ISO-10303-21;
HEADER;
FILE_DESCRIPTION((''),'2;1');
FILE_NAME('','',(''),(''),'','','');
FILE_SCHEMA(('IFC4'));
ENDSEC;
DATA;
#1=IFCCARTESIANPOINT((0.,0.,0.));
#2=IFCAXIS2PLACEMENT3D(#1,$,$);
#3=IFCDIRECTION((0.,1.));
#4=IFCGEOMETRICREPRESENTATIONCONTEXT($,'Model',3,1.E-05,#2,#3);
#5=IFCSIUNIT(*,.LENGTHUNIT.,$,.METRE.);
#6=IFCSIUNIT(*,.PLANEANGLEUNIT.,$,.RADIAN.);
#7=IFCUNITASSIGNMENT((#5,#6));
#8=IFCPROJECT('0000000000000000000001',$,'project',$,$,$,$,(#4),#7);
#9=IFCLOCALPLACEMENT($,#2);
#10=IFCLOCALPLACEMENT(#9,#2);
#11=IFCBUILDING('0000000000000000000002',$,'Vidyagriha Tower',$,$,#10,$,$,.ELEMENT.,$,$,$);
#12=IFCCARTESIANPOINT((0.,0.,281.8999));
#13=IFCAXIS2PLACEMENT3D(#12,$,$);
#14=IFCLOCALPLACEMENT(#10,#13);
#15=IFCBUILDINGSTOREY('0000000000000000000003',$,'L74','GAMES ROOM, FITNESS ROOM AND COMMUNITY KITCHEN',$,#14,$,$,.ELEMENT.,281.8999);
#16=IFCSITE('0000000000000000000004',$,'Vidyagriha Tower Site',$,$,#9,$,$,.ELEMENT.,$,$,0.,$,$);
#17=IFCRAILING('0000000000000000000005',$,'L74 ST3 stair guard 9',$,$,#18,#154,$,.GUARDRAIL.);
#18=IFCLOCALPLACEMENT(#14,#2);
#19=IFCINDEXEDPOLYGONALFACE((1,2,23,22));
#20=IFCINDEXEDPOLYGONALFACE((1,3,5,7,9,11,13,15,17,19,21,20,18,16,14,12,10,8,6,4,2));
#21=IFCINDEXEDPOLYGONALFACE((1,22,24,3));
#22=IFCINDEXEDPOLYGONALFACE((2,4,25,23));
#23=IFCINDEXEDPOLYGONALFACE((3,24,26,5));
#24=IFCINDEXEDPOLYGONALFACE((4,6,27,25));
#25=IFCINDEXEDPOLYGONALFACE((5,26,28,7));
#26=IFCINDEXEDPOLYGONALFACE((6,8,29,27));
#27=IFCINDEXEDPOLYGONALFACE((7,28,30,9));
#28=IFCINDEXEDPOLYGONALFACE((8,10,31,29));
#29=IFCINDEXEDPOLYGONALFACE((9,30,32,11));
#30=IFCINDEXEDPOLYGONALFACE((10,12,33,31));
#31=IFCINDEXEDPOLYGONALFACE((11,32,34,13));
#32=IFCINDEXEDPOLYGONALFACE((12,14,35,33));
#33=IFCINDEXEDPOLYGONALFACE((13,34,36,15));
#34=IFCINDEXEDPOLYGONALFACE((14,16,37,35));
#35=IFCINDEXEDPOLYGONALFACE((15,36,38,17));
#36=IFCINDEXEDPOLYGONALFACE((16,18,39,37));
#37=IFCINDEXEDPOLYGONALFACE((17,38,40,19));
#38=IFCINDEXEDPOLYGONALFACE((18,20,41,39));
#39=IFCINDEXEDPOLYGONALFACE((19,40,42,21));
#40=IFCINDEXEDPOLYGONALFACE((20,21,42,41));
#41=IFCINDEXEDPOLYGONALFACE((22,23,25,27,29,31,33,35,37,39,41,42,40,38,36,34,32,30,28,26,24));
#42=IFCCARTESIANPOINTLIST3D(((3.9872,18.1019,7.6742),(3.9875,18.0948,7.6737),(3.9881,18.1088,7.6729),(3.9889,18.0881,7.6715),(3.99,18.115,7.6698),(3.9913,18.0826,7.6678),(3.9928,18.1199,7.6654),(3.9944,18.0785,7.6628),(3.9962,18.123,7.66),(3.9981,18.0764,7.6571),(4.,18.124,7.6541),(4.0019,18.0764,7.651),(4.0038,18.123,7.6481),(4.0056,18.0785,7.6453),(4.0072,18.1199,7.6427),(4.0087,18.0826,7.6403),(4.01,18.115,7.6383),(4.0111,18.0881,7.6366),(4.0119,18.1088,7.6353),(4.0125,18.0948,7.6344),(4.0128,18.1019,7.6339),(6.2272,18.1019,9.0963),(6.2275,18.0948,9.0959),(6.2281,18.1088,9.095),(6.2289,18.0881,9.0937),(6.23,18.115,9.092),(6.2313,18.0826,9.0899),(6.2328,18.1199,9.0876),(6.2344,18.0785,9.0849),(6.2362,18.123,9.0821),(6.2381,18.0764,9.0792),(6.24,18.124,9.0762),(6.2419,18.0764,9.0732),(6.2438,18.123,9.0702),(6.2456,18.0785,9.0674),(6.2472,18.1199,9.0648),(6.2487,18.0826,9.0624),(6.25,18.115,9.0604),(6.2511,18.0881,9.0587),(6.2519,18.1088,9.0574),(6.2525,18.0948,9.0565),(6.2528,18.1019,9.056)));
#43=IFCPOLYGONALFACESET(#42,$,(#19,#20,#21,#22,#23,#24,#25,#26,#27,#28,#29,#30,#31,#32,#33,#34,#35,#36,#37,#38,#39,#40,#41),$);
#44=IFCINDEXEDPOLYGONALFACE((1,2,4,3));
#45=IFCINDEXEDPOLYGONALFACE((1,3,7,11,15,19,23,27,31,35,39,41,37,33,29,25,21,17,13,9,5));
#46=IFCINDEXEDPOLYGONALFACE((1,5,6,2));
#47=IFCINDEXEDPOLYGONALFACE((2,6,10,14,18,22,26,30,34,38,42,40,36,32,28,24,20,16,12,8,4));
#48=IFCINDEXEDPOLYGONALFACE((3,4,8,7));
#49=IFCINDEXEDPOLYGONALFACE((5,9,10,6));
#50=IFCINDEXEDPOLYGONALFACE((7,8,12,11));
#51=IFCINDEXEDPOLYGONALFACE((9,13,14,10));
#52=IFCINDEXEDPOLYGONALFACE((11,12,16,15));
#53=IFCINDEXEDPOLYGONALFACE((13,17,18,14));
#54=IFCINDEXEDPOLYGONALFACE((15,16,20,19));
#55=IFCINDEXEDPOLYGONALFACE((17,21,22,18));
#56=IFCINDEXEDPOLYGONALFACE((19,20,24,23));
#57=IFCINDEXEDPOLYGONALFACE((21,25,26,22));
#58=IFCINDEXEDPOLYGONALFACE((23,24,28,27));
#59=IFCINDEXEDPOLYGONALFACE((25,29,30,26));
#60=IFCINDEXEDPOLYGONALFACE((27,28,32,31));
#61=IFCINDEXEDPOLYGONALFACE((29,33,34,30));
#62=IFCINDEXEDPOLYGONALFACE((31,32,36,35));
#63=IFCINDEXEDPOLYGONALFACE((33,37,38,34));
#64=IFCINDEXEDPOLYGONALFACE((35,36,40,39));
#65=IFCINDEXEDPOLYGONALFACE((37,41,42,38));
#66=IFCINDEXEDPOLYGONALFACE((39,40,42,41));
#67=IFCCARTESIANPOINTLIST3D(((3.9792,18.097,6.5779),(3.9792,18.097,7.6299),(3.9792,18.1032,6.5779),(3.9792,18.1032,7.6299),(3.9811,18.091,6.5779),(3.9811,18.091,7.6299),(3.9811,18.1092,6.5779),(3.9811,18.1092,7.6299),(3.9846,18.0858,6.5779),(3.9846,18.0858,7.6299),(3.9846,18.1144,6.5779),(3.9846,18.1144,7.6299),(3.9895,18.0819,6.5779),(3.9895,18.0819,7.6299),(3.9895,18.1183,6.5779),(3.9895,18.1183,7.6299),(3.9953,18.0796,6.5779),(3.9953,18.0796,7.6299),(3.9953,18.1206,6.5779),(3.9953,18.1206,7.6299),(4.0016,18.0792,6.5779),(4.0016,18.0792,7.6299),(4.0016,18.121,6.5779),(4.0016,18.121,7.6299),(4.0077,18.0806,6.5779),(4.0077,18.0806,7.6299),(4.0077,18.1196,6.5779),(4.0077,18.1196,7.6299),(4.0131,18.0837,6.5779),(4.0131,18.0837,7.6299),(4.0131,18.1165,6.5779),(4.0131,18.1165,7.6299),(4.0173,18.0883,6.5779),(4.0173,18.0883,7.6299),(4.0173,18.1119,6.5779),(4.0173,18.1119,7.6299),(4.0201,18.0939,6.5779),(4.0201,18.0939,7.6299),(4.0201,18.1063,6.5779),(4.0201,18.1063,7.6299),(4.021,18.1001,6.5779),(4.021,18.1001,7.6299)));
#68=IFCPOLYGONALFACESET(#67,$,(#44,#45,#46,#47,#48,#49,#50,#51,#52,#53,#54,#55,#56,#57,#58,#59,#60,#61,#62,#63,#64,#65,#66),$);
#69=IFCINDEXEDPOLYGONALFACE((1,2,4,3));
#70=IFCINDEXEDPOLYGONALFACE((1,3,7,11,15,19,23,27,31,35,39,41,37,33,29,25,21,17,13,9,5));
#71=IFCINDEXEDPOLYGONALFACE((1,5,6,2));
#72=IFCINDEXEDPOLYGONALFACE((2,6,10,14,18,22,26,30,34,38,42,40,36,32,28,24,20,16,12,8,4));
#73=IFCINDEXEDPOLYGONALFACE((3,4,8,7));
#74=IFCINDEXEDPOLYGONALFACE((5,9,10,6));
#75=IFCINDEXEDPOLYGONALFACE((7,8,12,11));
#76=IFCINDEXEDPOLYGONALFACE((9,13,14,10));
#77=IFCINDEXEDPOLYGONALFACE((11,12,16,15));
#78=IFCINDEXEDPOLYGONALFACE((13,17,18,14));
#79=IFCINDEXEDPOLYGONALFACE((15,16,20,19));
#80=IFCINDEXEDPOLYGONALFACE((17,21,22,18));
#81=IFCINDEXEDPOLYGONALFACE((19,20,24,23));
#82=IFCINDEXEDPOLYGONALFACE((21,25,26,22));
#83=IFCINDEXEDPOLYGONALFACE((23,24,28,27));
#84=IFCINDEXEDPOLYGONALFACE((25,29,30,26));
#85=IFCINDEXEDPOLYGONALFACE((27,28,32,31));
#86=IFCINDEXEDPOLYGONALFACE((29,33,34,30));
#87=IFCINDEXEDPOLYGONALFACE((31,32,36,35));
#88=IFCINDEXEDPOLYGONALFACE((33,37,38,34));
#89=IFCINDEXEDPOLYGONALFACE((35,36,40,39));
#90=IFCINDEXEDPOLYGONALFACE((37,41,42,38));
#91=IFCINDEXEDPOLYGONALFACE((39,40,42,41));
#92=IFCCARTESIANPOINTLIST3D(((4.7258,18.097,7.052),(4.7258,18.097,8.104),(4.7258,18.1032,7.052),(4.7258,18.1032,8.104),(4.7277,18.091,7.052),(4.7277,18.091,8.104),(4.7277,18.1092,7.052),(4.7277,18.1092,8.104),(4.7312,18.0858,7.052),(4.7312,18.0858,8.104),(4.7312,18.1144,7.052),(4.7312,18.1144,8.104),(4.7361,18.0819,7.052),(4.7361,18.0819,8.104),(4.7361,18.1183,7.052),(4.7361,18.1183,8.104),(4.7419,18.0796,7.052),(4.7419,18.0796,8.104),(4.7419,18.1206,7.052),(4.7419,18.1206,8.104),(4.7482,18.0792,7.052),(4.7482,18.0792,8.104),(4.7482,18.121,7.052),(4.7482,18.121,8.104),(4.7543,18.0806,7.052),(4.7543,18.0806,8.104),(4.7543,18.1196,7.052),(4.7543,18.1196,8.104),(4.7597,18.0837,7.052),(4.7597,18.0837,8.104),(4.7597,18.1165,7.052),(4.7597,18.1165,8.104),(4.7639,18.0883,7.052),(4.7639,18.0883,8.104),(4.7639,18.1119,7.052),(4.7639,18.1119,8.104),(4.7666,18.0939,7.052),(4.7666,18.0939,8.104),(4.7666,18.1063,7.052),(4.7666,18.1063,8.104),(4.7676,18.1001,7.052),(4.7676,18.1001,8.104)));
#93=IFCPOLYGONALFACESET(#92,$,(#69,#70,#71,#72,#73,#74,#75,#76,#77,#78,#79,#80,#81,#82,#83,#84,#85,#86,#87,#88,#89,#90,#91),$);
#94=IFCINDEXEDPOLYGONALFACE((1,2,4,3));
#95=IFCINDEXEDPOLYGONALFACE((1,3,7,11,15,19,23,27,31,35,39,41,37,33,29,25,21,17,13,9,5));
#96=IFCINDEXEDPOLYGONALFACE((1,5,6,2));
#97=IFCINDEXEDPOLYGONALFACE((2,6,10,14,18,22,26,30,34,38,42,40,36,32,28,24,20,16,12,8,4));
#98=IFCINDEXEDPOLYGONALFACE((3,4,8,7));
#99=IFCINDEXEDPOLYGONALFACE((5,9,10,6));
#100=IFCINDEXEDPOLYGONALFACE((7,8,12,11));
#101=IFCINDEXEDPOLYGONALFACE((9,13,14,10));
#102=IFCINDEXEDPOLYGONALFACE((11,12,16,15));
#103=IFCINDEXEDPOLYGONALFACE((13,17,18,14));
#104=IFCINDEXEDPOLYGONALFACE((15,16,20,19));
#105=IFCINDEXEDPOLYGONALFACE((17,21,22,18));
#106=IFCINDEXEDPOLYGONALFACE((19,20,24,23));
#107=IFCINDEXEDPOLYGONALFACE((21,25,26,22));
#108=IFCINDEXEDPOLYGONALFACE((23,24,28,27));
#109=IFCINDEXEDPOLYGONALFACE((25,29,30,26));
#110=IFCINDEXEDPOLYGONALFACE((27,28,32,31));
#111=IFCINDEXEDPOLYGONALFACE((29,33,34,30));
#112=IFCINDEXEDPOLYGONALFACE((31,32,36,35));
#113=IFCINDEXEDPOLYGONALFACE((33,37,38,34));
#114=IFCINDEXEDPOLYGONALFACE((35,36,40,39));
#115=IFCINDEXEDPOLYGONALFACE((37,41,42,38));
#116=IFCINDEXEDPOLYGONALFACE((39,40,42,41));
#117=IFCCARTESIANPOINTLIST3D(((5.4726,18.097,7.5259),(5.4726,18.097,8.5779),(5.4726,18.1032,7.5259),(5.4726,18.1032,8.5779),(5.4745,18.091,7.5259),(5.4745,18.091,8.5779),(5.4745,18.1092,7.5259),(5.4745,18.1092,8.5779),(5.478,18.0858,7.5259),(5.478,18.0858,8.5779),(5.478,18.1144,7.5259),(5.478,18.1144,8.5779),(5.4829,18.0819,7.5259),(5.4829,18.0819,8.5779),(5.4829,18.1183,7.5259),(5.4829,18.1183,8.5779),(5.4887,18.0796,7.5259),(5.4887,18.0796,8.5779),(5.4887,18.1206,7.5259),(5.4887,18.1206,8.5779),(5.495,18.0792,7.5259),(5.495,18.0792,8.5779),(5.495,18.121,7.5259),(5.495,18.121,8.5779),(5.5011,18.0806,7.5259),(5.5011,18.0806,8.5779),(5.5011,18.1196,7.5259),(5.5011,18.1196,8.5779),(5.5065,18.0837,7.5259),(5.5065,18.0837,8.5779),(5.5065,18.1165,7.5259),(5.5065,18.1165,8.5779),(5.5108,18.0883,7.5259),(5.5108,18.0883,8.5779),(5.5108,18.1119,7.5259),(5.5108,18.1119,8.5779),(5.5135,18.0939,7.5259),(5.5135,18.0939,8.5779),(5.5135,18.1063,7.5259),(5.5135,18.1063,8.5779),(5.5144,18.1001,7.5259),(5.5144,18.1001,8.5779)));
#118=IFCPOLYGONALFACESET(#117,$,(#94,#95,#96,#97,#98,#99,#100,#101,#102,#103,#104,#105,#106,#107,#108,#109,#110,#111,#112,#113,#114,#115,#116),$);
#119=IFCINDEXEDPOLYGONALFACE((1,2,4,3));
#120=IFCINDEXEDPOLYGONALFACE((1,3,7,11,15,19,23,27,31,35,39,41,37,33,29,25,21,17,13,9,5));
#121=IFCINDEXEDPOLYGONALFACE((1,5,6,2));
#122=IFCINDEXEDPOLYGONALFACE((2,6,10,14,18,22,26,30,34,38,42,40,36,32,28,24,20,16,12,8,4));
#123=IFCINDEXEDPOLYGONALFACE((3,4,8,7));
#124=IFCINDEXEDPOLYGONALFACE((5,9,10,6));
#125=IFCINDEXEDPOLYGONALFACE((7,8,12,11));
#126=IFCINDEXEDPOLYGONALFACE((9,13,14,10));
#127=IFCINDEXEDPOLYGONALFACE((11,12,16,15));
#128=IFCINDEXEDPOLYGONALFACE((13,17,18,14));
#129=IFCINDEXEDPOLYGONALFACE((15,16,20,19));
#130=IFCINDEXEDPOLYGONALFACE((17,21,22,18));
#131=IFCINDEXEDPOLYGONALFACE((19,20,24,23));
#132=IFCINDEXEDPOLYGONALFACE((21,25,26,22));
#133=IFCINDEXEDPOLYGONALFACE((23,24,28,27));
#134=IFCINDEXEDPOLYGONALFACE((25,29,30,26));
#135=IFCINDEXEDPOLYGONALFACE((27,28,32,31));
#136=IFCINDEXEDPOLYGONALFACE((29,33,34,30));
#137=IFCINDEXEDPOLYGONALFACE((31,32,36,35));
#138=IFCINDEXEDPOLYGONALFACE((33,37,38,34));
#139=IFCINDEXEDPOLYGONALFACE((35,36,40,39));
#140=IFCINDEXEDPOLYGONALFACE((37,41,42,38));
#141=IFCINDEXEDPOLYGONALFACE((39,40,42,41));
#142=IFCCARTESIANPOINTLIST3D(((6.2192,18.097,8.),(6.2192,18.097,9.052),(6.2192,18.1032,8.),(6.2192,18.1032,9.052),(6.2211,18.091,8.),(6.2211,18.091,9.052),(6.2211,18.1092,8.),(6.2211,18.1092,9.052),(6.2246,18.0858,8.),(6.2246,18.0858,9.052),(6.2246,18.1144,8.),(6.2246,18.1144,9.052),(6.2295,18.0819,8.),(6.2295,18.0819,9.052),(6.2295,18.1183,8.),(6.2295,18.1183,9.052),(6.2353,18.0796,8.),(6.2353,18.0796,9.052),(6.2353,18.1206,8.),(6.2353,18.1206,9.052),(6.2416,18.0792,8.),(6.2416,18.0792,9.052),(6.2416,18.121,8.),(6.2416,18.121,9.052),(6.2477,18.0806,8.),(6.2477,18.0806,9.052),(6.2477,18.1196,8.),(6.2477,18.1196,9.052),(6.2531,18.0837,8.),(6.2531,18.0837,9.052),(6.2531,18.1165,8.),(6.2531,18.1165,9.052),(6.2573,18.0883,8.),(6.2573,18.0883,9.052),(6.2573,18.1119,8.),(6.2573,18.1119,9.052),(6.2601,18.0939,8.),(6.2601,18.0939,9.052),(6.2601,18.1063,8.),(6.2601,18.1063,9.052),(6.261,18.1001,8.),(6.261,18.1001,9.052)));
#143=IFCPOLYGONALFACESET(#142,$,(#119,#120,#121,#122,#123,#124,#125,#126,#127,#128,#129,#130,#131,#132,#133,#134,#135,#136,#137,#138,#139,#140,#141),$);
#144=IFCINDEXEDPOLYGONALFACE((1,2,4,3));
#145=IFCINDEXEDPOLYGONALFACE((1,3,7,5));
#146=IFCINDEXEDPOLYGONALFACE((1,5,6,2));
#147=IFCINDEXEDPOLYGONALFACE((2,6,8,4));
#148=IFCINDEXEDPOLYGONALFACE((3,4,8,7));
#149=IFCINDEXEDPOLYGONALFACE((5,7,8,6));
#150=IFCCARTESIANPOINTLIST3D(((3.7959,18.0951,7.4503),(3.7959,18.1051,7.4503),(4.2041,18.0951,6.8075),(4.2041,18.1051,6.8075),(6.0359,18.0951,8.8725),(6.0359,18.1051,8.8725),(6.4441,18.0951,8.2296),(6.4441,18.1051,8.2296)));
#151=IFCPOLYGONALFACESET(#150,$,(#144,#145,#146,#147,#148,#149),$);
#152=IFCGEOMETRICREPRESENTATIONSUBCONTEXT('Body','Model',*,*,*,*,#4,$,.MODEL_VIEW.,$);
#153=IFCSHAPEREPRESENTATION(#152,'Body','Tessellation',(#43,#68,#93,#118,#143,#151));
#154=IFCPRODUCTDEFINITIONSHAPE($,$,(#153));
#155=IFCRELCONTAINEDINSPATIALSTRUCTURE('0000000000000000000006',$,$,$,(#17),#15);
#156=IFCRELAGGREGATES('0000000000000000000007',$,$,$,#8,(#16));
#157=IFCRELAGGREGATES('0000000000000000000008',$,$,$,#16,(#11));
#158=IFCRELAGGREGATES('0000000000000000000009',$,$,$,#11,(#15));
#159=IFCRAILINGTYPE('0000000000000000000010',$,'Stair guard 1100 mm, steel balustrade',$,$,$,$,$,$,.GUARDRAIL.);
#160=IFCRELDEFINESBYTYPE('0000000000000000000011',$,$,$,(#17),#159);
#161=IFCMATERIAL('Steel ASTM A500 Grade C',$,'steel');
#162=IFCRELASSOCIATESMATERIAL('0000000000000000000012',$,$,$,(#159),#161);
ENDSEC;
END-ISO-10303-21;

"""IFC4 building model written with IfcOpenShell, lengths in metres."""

from ifc_helpers import new_model, si_unit, direction, frame, origin, origin_2d, place, context, subcontext, project, spatial, rectangle, circle, extrude, material, type_object, element, save


model = new_model("IFC4")

# Units and contexts
model_context = context("Model", 3, precision=1e-05, world=origin(), true_north=direction((0.0, 1.0)))
body_context = subcontext(model_context, "Body", "Model", "MODEL_VIEW")
ifc_project = project(units=[si_unit("LENGTHUNIT", "METRE"), si_unit("PLANEANGLEUNIT", "RADIAN")], contexts=[model_context])

# Site, building, storey
site_placement = place(None, origin())
site = spatial("IfcSite", under=ifc_project, at=site_placement, Name="Vidyagriha Tower Site", CompositionType="ELEMENT", RefElevation=0.0)
building_placement = place(site_placement, origin())
building = spatial("IfcBuilding", under=site, at=building_placement, Name="Vidyagriha Tower", CompositionType="ELEMENT")
storey_placement = place(building_placement, frame((0.0, 0.0, 281.8999)))
storey = spatial("IfcBuildingStorey", under=building, at=storey_placement, Name="L74", Description="GAMES ROOM, FITNESS ROOM AND COMMUNITY KITCHEN", CompositionType="ELEMENT", Elevation=281.8999)

# Railing
ifc_material_1 = material(Name="Steel ASTM A500 Grade C", Category="steel")
railing_type_1 = type_object("IfcRailingType", Name="Stair guard 1100 mm, steel balustrade", PredefinedType="GUARDRAIL", material=ifc_material_1)
railing_1_placement = place(storey_placement, frame((4.0, 18.1001, 6.5779)))
element("IfcRailing", 1, at=railing_1_placement, inside=storey, type_object=railing_type_1, Name="L74 ST3 stair guard 9", PredefinedType="GUARDRAIL", context=body_context, shape_type="SweptSolid", body=[
    extrude(circle(Radius=0.0239, at=origin_2d()), frame((0.0, 0.0, 1.0762), z_axis=(0.844229, 0.0, 0.535982), x_axis=(0.0, 1.0, 0.0)), (0.0, 0.0, 1.0), 2.6533),
    extrude(circle(Radius=0.021, at=origin_2d()), origin(), (0.0, 0.0, 1.0), 1.052),
    extrude(circle(Radius=0.021, at=origin_2d()), frame((0.7466, 0.0, 0.4741)), (0.0, 0.0, 1.0), 1.052),
    extrude(circle(Radius=0.021, at=origin_2d()), frame((1.4934, 0.0, 0.948)), (0.0, 0.0, 1.0), 1.052),
    extrude(circle(Radius=0.021, at=origin_2d()), frame((2.24, 0.0, 1.4221)), (0.0, 0.0, 1.0), 1.052),
    extrude(rectangle(XDim=0.01, YDim=0.7615, at=origin_2d()), frame((0.0, 0.0, 0.551), z_axis=(0.844229, 0.0, 0.535982), x_axis=(0.0, 1.0, 0.0)), (0.0, 0.0, 1.0), 2.6533),
])

save(model, "model.ifc")
